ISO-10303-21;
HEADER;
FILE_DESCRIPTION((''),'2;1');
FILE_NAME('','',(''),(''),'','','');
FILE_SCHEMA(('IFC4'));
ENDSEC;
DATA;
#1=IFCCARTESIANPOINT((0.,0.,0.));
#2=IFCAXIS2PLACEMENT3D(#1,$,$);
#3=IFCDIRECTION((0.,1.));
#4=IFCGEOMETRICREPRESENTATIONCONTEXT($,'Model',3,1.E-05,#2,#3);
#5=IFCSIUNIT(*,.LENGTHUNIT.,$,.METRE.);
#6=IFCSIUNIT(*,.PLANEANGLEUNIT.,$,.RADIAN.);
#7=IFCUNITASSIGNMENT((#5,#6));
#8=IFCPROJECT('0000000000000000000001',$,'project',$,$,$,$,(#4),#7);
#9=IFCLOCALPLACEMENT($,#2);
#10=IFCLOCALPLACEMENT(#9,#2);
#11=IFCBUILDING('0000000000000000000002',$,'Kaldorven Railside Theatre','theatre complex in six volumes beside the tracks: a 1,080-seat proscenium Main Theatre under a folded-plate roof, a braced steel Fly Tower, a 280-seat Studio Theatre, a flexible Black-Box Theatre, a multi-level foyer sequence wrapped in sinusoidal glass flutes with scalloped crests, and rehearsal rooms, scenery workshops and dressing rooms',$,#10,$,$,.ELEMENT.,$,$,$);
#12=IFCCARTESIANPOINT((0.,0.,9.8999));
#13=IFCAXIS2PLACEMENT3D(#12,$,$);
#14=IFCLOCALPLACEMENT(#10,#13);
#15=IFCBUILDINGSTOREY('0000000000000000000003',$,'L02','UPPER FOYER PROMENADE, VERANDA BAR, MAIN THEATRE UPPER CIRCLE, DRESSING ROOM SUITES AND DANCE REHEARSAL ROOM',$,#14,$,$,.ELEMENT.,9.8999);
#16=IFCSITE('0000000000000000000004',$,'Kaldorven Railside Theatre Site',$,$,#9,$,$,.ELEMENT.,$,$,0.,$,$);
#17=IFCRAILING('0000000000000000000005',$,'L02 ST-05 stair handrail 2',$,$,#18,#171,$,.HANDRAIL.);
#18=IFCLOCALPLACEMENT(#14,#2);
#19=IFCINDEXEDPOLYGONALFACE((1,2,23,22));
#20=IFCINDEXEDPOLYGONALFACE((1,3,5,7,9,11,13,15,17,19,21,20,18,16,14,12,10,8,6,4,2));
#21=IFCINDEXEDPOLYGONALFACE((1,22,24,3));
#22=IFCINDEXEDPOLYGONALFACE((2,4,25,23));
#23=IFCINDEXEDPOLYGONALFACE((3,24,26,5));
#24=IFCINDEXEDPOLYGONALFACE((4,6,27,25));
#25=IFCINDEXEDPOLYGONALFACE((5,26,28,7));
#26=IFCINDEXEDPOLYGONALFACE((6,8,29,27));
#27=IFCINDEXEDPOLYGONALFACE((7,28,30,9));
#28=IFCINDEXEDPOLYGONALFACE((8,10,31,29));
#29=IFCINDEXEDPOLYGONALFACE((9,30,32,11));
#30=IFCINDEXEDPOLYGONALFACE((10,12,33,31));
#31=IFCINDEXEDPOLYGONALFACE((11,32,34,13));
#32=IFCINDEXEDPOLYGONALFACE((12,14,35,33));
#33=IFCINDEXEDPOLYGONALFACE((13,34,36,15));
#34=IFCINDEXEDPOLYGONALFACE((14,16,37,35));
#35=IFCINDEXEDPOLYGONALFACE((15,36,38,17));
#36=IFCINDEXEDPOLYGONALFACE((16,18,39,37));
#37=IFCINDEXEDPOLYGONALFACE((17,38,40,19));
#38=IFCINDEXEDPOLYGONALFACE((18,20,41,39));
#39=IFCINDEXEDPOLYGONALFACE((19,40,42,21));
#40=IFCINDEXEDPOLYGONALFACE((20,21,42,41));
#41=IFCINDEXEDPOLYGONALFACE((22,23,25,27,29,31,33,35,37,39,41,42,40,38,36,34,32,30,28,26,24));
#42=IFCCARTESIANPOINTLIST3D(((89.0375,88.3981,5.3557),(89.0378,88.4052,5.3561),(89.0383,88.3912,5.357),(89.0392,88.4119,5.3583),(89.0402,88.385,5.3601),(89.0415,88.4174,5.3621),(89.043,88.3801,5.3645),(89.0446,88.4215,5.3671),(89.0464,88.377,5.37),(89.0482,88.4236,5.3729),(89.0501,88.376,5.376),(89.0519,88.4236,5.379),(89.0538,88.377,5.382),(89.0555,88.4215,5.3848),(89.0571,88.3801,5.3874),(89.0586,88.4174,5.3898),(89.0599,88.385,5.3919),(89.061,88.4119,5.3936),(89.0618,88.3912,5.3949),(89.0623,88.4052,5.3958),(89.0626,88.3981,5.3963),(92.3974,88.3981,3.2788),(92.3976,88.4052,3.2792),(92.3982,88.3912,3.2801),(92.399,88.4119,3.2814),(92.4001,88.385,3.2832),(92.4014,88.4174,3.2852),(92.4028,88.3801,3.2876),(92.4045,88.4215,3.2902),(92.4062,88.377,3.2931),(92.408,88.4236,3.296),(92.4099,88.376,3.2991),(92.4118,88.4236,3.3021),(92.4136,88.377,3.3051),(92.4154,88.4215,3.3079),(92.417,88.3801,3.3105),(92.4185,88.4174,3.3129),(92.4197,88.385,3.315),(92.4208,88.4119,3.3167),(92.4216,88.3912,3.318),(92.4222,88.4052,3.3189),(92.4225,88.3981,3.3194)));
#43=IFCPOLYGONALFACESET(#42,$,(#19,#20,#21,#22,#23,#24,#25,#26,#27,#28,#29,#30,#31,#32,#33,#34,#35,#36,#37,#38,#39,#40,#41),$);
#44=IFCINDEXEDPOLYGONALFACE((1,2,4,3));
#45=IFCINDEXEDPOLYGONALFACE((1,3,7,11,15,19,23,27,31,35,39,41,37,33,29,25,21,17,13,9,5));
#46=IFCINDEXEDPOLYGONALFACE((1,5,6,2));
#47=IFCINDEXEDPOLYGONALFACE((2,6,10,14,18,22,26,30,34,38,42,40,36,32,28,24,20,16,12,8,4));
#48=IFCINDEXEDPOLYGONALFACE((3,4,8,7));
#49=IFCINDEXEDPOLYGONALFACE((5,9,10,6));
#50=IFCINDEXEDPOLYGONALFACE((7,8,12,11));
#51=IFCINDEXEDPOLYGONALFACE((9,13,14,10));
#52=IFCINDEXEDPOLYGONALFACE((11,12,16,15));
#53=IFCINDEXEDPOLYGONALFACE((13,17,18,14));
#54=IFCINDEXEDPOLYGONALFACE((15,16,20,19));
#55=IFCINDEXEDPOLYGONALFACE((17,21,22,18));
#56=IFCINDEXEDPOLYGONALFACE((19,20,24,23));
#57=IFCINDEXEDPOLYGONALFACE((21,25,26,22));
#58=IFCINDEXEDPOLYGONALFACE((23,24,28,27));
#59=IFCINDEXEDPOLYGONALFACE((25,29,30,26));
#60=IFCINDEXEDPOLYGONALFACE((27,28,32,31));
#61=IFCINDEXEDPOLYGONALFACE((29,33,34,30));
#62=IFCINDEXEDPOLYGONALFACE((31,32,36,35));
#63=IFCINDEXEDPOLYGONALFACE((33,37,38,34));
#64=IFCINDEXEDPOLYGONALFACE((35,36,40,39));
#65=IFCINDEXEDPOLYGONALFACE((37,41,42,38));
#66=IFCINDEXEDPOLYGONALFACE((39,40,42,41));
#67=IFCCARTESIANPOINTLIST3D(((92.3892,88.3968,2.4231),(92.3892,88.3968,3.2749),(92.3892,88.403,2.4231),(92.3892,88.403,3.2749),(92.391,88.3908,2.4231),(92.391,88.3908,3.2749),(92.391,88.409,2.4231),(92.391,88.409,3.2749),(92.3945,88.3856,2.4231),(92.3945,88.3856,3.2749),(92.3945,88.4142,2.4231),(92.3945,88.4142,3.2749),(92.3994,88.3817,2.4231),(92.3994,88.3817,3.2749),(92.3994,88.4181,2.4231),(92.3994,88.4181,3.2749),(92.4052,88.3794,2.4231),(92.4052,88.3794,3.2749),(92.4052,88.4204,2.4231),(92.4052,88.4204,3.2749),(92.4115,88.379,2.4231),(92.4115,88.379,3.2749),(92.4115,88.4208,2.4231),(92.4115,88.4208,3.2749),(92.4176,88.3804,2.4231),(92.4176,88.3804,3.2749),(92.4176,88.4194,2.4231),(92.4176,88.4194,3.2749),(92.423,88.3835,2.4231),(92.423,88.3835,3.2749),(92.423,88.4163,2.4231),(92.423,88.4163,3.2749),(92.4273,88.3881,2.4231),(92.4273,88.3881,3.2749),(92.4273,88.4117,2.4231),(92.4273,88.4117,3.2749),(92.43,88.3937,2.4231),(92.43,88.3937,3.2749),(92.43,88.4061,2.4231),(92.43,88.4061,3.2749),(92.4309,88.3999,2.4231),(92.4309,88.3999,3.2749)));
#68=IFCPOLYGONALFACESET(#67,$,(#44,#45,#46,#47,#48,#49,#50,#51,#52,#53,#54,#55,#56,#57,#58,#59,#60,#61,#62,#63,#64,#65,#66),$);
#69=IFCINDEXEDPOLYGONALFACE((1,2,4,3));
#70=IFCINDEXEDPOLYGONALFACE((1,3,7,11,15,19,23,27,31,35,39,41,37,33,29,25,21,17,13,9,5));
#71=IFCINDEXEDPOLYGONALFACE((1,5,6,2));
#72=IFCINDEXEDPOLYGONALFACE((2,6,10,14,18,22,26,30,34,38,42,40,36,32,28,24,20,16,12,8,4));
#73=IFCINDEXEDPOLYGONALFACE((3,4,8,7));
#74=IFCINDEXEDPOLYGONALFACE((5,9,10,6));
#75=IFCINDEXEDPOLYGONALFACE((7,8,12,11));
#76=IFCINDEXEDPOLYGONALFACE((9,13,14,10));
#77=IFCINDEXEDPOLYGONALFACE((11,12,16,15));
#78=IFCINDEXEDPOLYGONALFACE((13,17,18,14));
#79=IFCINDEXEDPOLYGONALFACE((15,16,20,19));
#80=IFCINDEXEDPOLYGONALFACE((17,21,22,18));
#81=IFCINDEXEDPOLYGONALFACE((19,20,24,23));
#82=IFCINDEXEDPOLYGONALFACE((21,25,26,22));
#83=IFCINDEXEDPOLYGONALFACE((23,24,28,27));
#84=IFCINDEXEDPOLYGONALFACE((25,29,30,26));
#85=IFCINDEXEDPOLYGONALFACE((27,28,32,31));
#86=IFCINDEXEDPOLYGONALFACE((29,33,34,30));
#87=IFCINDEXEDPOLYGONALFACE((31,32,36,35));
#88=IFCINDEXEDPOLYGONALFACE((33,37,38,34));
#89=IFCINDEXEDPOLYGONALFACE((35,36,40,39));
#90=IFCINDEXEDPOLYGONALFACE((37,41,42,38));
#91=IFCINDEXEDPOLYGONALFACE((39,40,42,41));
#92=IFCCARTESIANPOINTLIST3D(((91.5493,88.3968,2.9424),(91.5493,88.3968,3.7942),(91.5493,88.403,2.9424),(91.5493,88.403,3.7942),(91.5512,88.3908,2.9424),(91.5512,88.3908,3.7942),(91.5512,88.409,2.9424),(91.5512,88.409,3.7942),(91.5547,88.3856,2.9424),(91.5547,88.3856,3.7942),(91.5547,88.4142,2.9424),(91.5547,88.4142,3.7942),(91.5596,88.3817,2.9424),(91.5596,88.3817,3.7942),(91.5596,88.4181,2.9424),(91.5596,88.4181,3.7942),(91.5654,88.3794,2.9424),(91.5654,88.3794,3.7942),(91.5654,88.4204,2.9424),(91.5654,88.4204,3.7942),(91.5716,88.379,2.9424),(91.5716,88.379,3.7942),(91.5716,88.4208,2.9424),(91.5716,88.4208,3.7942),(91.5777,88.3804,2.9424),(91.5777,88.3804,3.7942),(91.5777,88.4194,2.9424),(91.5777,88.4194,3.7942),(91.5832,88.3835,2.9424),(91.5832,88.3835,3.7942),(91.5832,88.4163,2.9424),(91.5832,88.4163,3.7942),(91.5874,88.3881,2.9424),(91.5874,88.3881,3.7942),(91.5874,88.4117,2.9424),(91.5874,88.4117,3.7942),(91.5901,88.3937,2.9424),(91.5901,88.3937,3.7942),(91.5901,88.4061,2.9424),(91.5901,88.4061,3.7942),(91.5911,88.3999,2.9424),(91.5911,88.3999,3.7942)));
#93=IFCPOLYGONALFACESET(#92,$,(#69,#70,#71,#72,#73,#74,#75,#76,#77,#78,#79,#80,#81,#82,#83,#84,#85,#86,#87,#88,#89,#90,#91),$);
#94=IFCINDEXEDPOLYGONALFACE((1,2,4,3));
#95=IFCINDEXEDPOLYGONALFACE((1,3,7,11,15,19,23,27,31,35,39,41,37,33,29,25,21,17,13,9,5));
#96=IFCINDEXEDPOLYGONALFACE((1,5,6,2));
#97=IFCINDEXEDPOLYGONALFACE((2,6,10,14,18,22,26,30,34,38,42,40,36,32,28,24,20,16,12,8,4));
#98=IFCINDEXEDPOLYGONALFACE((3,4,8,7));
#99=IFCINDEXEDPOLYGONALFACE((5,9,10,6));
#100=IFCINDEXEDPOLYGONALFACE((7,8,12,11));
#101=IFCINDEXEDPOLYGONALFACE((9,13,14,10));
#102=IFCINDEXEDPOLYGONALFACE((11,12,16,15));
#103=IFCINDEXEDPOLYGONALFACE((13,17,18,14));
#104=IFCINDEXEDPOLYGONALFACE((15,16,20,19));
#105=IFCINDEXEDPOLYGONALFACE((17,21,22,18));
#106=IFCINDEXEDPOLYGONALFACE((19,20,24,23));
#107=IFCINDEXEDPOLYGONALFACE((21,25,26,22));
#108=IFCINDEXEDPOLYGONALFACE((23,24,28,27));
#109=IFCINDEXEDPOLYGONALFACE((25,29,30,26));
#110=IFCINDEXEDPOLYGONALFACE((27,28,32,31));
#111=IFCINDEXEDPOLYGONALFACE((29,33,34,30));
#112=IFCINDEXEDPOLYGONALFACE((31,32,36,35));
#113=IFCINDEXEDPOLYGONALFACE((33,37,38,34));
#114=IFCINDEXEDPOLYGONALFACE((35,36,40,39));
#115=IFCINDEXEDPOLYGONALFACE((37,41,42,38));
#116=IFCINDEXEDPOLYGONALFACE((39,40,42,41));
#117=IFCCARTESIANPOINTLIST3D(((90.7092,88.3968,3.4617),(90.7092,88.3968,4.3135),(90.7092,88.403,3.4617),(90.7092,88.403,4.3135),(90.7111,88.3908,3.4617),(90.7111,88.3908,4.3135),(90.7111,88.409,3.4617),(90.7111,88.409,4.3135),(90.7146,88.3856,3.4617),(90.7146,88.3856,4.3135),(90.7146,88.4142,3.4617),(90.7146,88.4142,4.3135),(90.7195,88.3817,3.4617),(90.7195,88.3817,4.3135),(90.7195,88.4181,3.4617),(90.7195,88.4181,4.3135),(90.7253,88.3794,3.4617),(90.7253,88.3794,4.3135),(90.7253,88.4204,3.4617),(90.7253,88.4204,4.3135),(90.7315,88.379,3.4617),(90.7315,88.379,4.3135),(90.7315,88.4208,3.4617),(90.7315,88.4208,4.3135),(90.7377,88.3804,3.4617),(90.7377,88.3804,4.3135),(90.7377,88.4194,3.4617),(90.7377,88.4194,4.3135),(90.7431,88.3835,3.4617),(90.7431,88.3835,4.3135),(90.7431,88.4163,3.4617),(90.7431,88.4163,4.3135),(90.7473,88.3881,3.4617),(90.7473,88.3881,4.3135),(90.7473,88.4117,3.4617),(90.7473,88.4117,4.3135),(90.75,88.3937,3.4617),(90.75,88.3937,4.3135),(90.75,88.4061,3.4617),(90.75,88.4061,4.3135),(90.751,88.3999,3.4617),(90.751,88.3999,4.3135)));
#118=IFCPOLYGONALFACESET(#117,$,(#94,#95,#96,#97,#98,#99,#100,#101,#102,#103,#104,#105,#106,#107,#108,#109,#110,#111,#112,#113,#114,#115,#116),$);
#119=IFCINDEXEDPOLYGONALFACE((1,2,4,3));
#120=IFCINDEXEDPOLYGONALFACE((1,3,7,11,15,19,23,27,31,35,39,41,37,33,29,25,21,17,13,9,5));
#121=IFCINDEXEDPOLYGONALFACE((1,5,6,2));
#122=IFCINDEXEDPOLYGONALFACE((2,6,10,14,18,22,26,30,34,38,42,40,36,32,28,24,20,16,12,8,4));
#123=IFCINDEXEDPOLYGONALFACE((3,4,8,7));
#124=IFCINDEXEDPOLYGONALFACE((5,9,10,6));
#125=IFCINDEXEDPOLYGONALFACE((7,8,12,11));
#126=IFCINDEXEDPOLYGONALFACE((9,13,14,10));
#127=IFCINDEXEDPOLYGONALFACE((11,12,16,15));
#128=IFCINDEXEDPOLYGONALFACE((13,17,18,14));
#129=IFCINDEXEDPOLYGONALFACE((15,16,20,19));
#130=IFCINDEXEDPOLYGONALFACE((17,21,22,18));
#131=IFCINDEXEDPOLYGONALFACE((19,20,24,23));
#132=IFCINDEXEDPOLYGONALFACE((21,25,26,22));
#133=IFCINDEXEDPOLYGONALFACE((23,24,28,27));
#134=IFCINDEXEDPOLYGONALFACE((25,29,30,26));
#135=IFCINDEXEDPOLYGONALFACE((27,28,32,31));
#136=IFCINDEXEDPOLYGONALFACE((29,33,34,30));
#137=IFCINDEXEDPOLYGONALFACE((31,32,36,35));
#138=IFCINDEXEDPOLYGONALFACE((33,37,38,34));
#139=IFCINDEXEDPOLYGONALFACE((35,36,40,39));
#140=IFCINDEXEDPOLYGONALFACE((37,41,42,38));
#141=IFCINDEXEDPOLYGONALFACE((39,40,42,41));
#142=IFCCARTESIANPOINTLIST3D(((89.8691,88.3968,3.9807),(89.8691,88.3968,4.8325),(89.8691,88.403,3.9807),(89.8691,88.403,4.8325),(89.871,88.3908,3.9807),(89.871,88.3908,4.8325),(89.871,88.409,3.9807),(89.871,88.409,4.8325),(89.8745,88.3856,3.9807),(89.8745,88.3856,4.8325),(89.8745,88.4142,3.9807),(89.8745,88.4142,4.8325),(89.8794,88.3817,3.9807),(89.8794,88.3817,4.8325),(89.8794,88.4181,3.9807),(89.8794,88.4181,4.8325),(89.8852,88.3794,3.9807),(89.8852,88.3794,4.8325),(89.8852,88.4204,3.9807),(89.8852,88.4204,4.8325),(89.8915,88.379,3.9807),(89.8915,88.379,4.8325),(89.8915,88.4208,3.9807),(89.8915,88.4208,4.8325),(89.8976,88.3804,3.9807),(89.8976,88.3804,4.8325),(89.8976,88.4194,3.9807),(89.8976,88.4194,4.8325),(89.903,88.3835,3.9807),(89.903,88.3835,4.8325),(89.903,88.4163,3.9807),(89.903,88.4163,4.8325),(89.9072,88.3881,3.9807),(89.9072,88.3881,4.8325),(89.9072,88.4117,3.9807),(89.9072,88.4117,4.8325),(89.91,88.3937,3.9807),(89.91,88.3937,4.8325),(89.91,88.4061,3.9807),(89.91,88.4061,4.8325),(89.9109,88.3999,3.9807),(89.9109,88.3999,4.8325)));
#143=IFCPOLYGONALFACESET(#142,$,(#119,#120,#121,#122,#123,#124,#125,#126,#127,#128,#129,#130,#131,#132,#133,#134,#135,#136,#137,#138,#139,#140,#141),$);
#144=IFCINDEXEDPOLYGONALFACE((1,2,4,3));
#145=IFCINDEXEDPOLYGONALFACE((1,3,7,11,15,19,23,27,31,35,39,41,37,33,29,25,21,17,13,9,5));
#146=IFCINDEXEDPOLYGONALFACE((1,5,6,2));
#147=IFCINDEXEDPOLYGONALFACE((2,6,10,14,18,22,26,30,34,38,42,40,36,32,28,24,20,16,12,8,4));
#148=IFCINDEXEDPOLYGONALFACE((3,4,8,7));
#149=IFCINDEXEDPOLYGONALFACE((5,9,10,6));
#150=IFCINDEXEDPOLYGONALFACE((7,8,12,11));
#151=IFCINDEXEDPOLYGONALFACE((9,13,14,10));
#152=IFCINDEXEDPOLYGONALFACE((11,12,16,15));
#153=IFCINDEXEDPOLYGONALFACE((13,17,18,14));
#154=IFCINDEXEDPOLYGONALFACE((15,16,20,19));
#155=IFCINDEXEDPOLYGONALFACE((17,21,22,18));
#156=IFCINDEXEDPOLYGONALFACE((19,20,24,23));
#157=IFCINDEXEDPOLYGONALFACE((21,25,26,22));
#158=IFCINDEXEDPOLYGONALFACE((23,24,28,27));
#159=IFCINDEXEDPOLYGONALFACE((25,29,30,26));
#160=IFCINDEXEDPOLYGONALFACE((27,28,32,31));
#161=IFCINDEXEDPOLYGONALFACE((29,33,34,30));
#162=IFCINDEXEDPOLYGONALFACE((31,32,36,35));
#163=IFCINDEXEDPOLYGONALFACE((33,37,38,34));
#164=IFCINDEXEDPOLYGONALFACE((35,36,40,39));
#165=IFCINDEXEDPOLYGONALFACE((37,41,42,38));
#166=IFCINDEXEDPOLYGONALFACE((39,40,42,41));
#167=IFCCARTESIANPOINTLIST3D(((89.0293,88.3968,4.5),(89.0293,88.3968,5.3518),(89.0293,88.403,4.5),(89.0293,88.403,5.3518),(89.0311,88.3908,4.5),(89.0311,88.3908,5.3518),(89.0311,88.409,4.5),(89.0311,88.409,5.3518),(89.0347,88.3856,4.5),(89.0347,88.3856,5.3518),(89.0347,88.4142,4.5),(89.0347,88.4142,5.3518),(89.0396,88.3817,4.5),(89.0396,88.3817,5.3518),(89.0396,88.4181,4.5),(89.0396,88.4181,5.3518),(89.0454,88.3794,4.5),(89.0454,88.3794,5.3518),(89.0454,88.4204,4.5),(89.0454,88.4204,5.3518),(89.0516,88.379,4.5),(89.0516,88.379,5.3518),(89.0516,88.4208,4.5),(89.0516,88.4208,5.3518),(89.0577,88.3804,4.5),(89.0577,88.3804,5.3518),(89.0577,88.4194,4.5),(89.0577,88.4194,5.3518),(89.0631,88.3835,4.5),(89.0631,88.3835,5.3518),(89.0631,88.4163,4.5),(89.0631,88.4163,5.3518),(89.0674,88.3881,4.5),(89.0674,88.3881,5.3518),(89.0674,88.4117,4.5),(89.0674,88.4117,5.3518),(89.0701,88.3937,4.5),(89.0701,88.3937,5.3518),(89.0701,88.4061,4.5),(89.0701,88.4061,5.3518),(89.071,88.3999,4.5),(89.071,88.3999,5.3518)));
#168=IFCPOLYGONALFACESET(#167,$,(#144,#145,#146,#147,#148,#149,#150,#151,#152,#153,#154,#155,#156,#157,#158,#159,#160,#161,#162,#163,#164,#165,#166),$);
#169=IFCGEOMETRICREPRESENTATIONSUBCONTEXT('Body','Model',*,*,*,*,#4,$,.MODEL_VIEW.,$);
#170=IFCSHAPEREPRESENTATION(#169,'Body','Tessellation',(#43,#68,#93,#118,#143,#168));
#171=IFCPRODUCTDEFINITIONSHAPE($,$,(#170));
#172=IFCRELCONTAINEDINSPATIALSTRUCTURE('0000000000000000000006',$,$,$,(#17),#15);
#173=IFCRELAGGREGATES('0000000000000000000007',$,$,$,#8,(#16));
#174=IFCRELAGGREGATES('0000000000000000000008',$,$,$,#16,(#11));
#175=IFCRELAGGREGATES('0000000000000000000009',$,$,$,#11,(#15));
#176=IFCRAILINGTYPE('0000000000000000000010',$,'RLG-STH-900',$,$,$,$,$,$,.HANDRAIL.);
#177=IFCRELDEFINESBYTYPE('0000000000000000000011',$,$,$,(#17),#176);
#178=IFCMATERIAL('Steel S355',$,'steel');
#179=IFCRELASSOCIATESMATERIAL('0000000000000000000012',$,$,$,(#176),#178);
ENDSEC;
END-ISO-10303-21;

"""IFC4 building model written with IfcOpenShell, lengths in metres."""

from ifc_helpers import new_model, si_unit, direction, frame, origin, origin_2d, place, context, subcontext, project, spatial, circle, extrude, material, type_object, element, save


model = new_model("IFC4")

# Units and contexts
model_context = context("Model", 3, precision=1e-05, world=origin(), true_north=direction((0.0, 1.0)))
body_context = subcontext(model_context, "Body", "Model", "MODEL_VIEW")
ifc_project = project(units=[si_unit("LENGTHUNIT", "METRE"), si_unit("PLANEANGLEUNIT", "RADIAN")], contexts=[model_context])

# Site, building, storey
site_placement = place(None, origin())
site = spatial("IfcSite", under=ifc_project, at=site_placement, Name="Kaldorven Railside Theatre Site", CompositionType="ELEMENT", RefElevation=0.0)
building_placement = place(site_placement, origin())
building = spatial("IfcBuilding", under=site, at=building_placement, Name="Kaldorven Railside Theatre", Description="theatre complex in six volumes beside the tracks: a 1,080-seat proscenium Main Theatre under a folded-plate roof, a braced steel Fly Tower, a 280-seat Studio Theatre, a flexible Black-Box Theatre, a multi-level foyer sequence wrapped in sinusoidal glass flutes with scalloped crests, and rehearsal rooms, scenery workshops and dressing rooms", CompositionType="ELEMENT")
storey_placement = place(building_placement, frame((0.0, 0.0, 9.8999)))
storey = spatial("IfcBuildingStorey", under=building, at=storey_placement, Name="L02", Description="UPPER FOYER PROMENADE, VERANDA BAR, MAIN THEATRE UPPER CIRCLE, DRESSING ROOM SUITES AND DANCE REHEARSAL ROOM", CompositionType="ELEMENT", Elevation=9.8999)

# Shared definitions
ifc_material_1 = material(Name="Steel S355", Category="steel")

# Railing
railing_type_1 = type_object("IfcRailingType", Name="RLG-STH-900", PredefinedType="HANDRAIL", material=ifc_material_1)
railing_1_placement = place(storey_placement, frame((92.4099, 88.3999, 2.4231)))
element("IfcRailing", 1, at=railing_1_placement, inside=storey, type_object=railing_type_1, Name="L02 ST-05 stair handrail 2", PredefinedType="HANDRAIL", context=body_context, shape_type="SweptSolid", body=[
    extrude(circle(Radius=0.0239, at=origin_2d()), frame((0.0, 0.0, 0.876), z_axis=(-0.850606, 0.0, 0.525803), x_axis=(0.0, -1.0, 0.0)), (0.0, 0.0, 1.0), 3.95),
    extrude(circle(Radius=0.021, at=origin_2d()), origin(), (0.0, 0.0, 1.0), 0.8518),
    extrude(circle(Radius=0.021, at=origin_2d()), frame((-0.8398, 0.0, 0.5193)), (0.0, 0.0, 1.0), 0.8518),
    extrude(circle(Radius=0.021, at=origin_2d()), frame((-1.6799, 0.0, 1.0386)), (0.0, 0.0, 1.0), 0.8518),
    extrude(circle(Radius=0.021, at=origin_2d()), frame((-2.52, 0.0, 1.5576)), (0.0, 0.0, 1.0), 0.8518),
    extrude(circle(Radius=0.021, at=origin_2d()), frame((-3.3599, 0.0, 2.0769)), (0.0, 0.0, 1.0), 0.8518),
])

save(model, "model.ifc")
